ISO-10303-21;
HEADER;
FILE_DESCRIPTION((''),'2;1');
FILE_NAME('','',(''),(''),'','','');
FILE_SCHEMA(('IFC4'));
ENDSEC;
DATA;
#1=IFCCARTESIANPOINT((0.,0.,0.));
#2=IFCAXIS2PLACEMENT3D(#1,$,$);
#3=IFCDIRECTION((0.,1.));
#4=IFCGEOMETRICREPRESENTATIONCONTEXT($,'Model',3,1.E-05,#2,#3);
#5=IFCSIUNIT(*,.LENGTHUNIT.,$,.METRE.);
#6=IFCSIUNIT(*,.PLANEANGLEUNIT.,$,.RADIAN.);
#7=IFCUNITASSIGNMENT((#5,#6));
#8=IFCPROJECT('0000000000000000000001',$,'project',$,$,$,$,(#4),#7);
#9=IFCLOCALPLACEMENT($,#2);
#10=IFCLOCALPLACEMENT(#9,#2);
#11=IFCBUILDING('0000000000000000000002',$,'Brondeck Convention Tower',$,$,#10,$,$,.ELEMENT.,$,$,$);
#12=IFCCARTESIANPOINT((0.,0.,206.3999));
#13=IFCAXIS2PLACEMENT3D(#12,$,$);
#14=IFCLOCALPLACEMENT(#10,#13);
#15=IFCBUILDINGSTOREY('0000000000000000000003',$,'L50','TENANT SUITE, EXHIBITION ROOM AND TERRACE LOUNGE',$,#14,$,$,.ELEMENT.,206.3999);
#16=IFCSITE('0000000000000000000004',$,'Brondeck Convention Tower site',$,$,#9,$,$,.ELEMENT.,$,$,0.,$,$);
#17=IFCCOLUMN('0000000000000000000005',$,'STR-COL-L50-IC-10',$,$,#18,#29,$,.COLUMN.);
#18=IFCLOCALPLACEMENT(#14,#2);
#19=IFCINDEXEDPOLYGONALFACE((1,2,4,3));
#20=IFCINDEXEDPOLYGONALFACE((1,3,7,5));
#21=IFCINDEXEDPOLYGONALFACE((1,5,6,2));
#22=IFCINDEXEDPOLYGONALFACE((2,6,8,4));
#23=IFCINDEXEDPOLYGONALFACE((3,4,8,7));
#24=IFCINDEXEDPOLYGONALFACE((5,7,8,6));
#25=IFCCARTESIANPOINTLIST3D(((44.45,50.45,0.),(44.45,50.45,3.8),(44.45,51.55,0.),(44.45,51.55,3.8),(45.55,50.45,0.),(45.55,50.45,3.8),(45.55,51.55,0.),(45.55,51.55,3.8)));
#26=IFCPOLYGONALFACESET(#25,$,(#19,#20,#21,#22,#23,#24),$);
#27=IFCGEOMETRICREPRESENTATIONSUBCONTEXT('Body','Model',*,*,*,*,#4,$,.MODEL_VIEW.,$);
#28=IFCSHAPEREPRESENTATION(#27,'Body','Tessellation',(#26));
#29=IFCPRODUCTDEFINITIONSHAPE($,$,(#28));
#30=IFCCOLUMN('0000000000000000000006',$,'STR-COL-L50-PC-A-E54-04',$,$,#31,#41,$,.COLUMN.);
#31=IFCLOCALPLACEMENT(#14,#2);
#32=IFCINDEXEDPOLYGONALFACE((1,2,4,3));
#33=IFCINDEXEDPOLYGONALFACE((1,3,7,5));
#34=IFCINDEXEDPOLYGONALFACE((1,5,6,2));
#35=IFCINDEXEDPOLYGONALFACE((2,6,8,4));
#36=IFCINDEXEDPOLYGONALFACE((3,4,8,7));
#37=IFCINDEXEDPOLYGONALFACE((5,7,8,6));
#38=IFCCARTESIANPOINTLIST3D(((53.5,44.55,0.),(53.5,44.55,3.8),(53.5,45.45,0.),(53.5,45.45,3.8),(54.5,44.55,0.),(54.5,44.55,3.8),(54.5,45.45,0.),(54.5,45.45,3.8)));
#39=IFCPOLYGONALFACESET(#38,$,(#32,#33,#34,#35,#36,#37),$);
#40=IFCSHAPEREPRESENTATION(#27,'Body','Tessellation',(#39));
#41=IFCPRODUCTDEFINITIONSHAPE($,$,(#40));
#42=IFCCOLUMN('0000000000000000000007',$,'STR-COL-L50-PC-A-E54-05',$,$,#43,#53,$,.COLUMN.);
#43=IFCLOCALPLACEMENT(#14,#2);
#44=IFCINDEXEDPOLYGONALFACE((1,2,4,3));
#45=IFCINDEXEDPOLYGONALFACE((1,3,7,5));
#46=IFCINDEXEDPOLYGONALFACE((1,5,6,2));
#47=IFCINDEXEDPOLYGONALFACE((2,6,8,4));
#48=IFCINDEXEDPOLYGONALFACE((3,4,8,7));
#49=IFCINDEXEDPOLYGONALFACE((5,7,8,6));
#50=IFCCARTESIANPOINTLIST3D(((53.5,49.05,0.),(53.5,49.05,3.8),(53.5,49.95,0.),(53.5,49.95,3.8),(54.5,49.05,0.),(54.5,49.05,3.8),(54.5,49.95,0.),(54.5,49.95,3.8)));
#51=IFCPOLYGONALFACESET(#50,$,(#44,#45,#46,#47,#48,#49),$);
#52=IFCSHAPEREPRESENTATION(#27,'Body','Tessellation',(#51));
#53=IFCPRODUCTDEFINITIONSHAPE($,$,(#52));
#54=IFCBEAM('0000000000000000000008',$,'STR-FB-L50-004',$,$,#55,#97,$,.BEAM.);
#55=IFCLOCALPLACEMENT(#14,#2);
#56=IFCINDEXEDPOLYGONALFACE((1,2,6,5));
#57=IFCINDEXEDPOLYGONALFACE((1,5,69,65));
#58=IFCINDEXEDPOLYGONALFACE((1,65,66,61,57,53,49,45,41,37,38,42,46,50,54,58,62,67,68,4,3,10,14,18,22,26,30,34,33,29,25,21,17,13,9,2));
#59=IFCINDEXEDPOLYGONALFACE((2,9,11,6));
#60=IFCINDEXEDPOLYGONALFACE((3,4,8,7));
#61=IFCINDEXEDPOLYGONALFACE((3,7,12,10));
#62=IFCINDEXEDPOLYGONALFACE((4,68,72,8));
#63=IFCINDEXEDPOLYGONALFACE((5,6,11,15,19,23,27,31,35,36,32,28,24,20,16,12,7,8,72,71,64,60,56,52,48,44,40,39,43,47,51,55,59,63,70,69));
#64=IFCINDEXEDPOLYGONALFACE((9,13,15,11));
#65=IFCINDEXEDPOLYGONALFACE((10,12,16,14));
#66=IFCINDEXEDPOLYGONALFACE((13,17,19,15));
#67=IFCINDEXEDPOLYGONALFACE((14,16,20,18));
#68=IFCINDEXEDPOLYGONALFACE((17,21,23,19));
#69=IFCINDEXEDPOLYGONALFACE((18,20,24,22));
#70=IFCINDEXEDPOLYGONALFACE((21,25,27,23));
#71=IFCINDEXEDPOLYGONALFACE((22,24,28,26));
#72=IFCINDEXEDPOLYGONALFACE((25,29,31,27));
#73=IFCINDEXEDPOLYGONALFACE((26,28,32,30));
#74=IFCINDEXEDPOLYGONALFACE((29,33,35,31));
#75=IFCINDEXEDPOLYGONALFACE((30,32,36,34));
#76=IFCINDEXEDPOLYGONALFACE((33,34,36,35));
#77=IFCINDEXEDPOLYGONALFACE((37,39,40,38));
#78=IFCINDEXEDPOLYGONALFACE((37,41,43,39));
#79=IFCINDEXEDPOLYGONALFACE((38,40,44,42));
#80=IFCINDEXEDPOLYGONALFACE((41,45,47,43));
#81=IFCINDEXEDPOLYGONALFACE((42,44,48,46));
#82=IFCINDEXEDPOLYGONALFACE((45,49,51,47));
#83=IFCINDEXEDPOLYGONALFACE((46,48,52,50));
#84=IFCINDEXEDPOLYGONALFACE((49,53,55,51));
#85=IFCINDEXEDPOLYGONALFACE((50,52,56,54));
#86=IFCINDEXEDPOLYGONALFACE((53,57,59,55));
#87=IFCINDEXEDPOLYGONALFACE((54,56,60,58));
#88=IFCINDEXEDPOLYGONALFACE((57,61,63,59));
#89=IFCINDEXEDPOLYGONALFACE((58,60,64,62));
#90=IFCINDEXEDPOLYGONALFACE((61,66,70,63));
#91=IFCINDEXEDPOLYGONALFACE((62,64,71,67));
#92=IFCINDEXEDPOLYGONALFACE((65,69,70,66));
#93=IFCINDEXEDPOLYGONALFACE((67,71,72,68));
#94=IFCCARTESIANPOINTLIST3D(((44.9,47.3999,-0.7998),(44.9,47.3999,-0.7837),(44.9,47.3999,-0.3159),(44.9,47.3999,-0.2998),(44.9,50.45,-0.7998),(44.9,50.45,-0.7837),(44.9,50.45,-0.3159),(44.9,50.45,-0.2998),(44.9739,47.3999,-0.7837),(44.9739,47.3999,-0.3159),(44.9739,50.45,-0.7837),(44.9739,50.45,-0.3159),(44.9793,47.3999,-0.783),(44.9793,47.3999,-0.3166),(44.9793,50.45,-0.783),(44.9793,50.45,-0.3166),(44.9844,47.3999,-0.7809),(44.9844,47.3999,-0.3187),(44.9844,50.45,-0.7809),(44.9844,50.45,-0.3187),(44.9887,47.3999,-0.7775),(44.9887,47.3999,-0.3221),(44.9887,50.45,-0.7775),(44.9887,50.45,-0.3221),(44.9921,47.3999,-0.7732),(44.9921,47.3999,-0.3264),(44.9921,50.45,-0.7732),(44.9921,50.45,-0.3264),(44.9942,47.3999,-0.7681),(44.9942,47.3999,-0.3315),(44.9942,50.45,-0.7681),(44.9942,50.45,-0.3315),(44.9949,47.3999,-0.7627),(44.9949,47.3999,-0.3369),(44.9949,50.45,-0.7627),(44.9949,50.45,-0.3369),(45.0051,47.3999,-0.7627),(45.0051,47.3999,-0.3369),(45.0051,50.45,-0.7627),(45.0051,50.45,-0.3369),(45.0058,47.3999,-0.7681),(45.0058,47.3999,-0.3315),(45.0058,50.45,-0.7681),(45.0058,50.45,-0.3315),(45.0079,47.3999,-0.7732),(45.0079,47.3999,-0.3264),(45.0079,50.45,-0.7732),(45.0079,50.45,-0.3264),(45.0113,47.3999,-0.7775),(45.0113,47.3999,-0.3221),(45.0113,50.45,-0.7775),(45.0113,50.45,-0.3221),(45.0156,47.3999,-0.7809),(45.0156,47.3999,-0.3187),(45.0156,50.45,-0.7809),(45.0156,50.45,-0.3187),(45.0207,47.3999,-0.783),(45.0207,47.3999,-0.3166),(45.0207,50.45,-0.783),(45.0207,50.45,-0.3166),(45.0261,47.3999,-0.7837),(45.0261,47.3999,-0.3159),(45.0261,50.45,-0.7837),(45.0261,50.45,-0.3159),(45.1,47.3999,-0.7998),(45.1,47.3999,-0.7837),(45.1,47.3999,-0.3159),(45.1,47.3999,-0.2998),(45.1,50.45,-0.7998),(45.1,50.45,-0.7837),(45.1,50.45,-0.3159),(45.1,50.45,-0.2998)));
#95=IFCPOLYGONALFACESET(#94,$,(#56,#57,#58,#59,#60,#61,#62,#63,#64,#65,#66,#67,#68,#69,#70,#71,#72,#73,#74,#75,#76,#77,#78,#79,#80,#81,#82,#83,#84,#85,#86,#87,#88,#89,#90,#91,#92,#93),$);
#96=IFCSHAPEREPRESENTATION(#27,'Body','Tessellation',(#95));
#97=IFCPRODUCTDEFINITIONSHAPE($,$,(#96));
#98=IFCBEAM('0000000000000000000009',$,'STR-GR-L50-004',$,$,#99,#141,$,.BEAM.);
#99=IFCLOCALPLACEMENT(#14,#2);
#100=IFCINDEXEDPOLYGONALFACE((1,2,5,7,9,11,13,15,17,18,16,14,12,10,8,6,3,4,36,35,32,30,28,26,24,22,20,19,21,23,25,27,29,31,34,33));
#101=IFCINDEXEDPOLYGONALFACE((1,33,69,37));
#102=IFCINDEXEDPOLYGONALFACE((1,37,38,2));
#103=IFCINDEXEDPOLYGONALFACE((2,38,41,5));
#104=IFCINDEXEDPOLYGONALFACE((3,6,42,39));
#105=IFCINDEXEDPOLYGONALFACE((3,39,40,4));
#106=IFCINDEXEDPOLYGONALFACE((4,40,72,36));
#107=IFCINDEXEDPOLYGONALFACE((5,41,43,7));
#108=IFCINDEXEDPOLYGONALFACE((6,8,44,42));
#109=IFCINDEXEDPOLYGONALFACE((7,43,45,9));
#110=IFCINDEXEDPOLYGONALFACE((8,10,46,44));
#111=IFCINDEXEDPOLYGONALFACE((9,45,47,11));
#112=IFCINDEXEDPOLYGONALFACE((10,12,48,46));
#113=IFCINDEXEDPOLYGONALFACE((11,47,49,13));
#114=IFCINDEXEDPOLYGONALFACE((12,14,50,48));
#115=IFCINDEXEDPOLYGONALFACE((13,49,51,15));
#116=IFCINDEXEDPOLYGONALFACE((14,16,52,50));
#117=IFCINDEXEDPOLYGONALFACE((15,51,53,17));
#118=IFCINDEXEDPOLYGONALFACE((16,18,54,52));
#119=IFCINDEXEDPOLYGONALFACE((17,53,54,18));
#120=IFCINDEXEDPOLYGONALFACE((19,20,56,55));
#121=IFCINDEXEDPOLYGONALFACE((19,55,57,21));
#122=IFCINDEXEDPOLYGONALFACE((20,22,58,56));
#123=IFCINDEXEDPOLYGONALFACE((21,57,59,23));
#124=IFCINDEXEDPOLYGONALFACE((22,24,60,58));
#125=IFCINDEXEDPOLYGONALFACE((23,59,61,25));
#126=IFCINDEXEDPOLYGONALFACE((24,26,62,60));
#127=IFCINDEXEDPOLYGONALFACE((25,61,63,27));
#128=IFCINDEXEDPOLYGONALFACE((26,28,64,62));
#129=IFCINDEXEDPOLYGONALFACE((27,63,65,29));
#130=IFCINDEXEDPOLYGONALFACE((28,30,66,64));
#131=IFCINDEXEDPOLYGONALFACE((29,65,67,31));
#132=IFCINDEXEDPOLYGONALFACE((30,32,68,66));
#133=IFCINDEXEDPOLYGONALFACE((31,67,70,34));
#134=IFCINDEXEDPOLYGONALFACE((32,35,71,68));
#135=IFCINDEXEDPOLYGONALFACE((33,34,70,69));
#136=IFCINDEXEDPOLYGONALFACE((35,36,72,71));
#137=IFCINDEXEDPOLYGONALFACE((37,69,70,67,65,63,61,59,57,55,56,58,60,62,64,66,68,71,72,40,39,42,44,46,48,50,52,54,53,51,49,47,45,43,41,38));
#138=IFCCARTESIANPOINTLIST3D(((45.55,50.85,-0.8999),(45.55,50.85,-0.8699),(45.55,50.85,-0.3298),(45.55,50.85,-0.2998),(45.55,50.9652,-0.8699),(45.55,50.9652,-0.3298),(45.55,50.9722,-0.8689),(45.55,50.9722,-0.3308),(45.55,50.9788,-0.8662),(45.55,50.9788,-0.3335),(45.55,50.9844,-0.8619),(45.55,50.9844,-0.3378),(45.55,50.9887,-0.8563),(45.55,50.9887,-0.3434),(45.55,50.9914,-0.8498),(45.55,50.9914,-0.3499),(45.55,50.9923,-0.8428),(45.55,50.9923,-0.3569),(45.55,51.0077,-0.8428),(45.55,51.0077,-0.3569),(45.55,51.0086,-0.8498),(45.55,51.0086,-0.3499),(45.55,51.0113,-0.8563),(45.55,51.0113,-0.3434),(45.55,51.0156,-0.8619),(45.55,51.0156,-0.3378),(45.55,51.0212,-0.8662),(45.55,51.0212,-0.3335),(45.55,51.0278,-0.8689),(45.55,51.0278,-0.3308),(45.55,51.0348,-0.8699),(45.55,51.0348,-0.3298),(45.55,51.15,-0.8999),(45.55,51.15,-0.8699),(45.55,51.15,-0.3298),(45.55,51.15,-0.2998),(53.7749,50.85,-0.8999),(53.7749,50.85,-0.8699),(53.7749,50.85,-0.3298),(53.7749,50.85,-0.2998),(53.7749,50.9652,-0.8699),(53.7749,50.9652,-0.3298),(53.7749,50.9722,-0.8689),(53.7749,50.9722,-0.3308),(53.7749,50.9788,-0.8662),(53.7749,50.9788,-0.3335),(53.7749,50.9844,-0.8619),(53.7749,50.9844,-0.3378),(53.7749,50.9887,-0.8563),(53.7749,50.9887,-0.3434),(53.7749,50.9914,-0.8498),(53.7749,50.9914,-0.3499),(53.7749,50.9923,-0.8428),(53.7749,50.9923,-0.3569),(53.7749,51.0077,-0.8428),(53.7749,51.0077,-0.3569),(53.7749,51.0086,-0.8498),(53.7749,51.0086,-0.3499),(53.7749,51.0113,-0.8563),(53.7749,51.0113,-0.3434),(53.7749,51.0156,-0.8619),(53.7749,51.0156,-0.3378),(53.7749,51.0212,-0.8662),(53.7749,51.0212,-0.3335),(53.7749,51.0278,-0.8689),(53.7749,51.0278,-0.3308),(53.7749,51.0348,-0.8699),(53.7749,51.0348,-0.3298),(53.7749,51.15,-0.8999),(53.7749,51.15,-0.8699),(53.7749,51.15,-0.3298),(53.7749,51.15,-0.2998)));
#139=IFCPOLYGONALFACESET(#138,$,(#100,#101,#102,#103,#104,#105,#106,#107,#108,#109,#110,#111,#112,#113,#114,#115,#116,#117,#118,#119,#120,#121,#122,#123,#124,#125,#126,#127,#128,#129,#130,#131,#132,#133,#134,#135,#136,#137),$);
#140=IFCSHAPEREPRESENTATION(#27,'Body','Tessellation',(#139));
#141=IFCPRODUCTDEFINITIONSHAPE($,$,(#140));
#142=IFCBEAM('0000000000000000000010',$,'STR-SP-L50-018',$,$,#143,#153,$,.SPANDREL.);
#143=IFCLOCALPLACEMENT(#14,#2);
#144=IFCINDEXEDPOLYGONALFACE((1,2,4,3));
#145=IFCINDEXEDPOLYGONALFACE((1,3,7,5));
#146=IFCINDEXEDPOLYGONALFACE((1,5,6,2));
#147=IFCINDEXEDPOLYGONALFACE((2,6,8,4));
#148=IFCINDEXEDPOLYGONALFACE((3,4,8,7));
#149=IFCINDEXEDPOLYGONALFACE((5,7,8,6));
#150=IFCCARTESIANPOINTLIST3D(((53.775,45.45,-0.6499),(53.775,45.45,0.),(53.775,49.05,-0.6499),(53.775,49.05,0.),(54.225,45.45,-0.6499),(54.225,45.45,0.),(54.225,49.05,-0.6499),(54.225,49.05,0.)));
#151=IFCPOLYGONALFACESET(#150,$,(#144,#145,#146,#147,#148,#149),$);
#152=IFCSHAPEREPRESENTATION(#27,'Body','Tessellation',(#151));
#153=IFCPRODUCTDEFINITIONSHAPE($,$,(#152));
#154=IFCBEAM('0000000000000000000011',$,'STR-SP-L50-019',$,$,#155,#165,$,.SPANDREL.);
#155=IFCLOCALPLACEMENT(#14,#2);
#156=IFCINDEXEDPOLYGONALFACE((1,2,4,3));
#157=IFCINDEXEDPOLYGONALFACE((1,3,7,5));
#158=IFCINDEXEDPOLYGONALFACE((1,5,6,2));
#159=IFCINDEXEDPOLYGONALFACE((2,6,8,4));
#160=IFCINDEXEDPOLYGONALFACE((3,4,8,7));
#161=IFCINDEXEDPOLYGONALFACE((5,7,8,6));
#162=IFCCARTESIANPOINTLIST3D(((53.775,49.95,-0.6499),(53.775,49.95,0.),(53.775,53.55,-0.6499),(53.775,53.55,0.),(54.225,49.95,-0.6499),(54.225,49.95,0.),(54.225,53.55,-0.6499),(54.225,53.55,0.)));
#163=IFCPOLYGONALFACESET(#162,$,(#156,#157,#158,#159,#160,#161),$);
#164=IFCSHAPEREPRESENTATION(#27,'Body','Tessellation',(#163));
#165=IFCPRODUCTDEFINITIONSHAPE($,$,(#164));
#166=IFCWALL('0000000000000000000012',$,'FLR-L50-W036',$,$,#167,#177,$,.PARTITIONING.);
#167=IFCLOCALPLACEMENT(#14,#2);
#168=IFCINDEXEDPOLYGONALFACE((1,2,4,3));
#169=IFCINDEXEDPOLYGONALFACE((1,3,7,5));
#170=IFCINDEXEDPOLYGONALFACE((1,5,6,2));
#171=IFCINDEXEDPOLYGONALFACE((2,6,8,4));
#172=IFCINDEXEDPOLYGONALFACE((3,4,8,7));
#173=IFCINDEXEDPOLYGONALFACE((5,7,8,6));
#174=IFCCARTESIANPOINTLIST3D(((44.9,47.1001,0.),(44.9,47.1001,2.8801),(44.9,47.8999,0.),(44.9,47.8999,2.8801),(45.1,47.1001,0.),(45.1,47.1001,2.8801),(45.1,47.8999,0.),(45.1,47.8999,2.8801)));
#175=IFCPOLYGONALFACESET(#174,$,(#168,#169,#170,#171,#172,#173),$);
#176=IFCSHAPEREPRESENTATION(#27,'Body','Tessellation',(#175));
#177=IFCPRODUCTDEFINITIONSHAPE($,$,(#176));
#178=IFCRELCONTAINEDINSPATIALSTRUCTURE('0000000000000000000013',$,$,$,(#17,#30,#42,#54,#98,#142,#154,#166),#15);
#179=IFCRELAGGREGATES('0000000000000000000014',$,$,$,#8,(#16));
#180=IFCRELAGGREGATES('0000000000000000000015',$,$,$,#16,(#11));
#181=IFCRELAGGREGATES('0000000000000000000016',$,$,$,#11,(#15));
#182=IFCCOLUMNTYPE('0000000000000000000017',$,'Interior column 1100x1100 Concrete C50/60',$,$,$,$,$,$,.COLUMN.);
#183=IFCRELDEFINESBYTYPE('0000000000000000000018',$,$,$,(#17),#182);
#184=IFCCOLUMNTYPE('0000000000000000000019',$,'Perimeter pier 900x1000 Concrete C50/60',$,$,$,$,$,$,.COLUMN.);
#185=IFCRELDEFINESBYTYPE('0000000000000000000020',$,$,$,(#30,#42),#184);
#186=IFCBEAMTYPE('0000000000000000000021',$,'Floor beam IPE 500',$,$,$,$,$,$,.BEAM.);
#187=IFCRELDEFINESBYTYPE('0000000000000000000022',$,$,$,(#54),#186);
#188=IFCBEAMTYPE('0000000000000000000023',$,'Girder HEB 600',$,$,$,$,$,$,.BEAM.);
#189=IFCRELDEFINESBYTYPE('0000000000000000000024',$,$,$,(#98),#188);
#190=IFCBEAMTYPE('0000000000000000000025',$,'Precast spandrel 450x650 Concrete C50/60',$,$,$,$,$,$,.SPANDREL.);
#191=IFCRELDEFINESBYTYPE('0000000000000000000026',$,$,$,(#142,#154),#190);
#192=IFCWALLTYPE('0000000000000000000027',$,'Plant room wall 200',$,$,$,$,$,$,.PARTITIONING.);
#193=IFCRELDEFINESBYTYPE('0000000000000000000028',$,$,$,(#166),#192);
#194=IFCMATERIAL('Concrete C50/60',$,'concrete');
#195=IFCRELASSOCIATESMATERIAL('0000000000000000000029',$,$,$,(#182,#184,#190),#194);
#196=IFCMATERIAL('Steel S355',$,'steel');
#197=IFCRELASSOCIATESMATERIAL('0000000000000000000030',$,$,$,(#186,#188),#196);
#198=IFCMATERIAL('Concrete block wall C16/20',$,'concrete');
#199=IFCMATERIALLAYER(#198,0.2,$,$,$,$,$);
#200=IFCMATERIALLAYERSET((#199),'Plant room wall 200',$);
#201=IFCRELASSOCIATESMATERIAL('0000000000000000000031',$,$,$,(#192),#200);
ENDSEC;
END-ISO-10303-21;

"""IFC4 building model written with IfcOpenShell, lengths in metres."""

from ifc_helpers import new_model, si_unit, direction, frame, frame_2d, origin, origin_2d, place, context, subcontext, project, spatial, rectangle, i_section, extrude, material, layer, layer_set, material_profile, profile_set, type_object, element, save


model = new_model("IFC4")

# Units and contexts
model_context = context("Model", 3, precision=1e-05, world=origin(), true_north=direction((0.0, 1.0)))
body_context = subcontext(model_context, "Body", "Model", "MODEL_VIEW")
ifc_project = project(units=[si_unit("LENGTHUNIT", "METRE"), si_unit("PLANEANGLEUNIT", "RADIAN")], contexts=[model_context])

# Site, building, storey
site_placement = place(None, origin())
site = spatial("IfcSite", under=ifc_project, at=site_placement, Name="Brondeck Convention Tower site", CompositionType="ELEMENT", RefElevation=0.0)
building_placement = place(site_placement, origin())
building = spatial("IfcBuilding", under=site, at=building_placement, Name="Brondeck Convention Tower", CompositionType="ELEMENT")
storey_placement = place(building_placement, frame((0.0, 0.0, 206.3999)))
storey = spatial("IfcBuildingStorey", under=building, at=storey_placement, Name="L50", Description="TENANT SUITE, EXHIBITION ROOM AND TERRACE LOUNGE", CompositionType="ELEMENT", Elevation=206.3999)

# Columns
ifc_material_1 = material(Name="Concrete C50/60", Category="concrete")
ifc_material_profile_1 = material_profile(ifc_material_1, rectangle(XDim=1.1001, YDim=1.1001, at=origin_2d()), Name="Interior column 1100x1100 Concrete C50/60")
ifc_profile_set_1 = profile_set([ifc_material_profile_1], Name="Concrete C50/60")
column_type_1 = type_object("IfcColumnType", Name="Interior column 1100x1100 Concrete C50/60", PredefinedType="COLUMN", material=ifc_profile_set_1)
column_placement = place(storey_placement, frame((45.0, 51.0, 0.0), z_axis=(0.0, 0.0, 1.0), x_axis=(1.0, 0.0, 0.0)))
element("IfcColumn", 1, at=column_placement, inside=storey, type_object=column_type_1, Name="STR-COL-L50-IC-10", PredefinedType="COLUMN", context=body_context, shape_type="SweptSolid", body=[
    extrude(rectangle(XDim=1.1001, YDim=1.1001, at=origin_2d()), origin(), (0.0, 0.0, 1.0), 3.8),
])
ifc_material_profile_2 = material_profile(ifc_material_1, rectangle(XDim=0.8999, YDim=1.0, at=origin_2d()), Name="Perimeter pier 900x1000 Concrete C50/60")
ifc_profile_set_2 = profile_set([ifc_material_profile_2], Name="Concrete C50/60")
column_type_2 = type_object("IfcColumnType", Name="Perimeter pier 900x1000 Concrete C50/60", PredefinedType="COLUMN", material=ifc_profile_set_2)
for number, where, z_axis, x_axis, name in (
    (2, (54.0, 45.0, 0.0), (0.0, 0.0, 1.0), (0.0, 1.0, 0.0), "STR-COL-L50-PC-A-E54-04"),
    (3, (54.0, 49.5, 0.0), (0.0, 0.0, 1.0), (0.0, 1.0, 0.0), "STR-COL-L50-PC-A-E54-05"),
):
    element("IfcColumn", number, at=place(storey_placement, frame(where, z_axis=z_axis, x_axis=x_axis)), inside=storey, type_object=column_type_2, Name=name, PredefinedType="COLUMN", context=body_context, shape_type="SweptSolid", body=[
        extrude(rectangle(XDim=0.8999, YDim=1.0, at=origin_2d()), origin(), (0.0, 0.0, 1.0), 3.8),
    ])

# Beams
ifc_material_2 = material(Name="Steel S355", Category="steel")
ifc_material_profile_3 = material_profile(ifc_material_2, i_section(OverallWidth=0.2, OverallDepth=0.5, WebThickness=0.0103, FlangeThickness=0.0161, FilletRadius=0.021, at=origin_2d()), Name="IPE 500")
ifc_profile_set_3 = profile_set([ifc_material_profile_3], Name="Steel S355")
beam_type_1 = type_object("IfcBeamType", Name="Floor beam IPE 500", PredefinedType="BEAM", material=ifc_profile_set_3)
beam_1_placement = place(storey_placement, frame((45.0, 47.3999, -0.5498), z_axis=(0.0, 1.0, 0.0), x_axis=(-1.0, 0.0, 0.0)))
element("IfcBeam", 4, at=beam_1_placement, inside=storey, type_object=beam_type_1, Name="STR-FB-L50-004", PredefinedType="BEAM", context=body_context, shape_type="SweptSolid", body=[
    extrude(i_section(OverallWidth=0.2, OverallDepth=0.5, WebThickness=0.0103, FlangeThickness=0.0161, FilletRadius=0.021, at=origin_2d()), origin(), (0.0, 0.0, 1.0), 3.05),
])
ifc_material_profile_4 = material_profile(ifc_material_2, i_section(OverallWidth=0.3, OverallDepth=0.6001, WebThickness=0.0154, FlangeThickness=0.03, FilletRadius=0.0271, at=origin_2d()), Name="HEB 600")
ifc_profile_set_4 = profile_set([ifc_material_profile_4], Name="Steel S355")
beam_type_2 = type_object("IfcBeamType", Name="Girder HEB 600", PredefinedType="BEAM", material=ifc_profile_set_4)
beam_2_placement = place(storey_placement, frame((45.55, 51.0, -0.5999), z_axis=(1.0, 0.0, 0.0), x_axis=(0.0, 1.0, 0.0)))
element("IfcBeam", 5, at=beam_2_placement, inside=storey, type_object=beam_type_2, Name="STR-GR-L50-004", PredefinedType="BEAM", context=body_context, shape_type="SweptSolid", body=[
    extrude(i_section(OverallWidth=0.3, OverallDepth=0.6001, WebThickness=0.0154, FlangeThickness=0.03, FilletRadius=0.0271, at=origin_2d()), origin(), (0.0, 0.0, 1.0), 8.2249),
])
ifc_material_profile_5 = material_profile(ifc_material_1, rectangle(XDim=0.45, YDim=0.6499, at=origin_2d()), Name="Precast spandrel 450x650 Concrete C50/60")
ifc_profile_set_5 = profile_set([ifc_material_profile_5], Name="Concrete C50/60")
beam_type_3 = type_object("IfcBeamType", Name="Precast spandrel 450x650 Concrete C50/60", PredefinedType="SPANDREL", material=ifc_profile_set_5)
for number, where, z_axis, x_axis, name in (
    (6, (54.0, 45.45, -0.325), (0.0, 1.0, 0.0), (-1.0, 0.0, 0.0), "STR-SP-L50-018"),
    (7, (54.0, 49.95, -0.325), (0.0, 1.0, 0.0), (-1.0, 0.0, 0.0), "STR-SP-L50-019"),
):
    element("IfcBeam", number, at=place(storey_placement, frame(where, z_axis=z_axis, x_axis=x_axis)), inside=storey, type_object=beam_type_3, Name=name, PredefinedType="SPANDREL", context=body_context, shape_type="SweptSolid", body=[
        extrude(rectangle(XDim=0.45, YDim=0.6499, at=origin_2d()), origin(), (0.0, 0.0, 1.0), 3.6001),
    ])

# Wall
ifc_material_3 = material(Name="Concrete block wall C16/20", Category="concrete")
ifc_layer_1 = layer(ifc_material_3, 0.2)
ifc_layer_set_1 = layer_set([ifc_layer_1], Name="Plant room wall 200")
wall_type_1 = type_object("IfcWallType", Name="Plant room wall 200", PredefinedType="PARTITIONING", material=ifc_layer_set_1)
wall_1_placement = place(storey_placement, frame((45.0, 47.8999, 0.0), z_axis=(0.0, 0.0, 1.0), x_axis=(0.0, -1.0, 0.0)))
element("IfcWall", 8, at=wall_1_placement, inside=storey, type_object=wall_type_1, Name="FLR-L50-W036", PredefinedType="PARTITIONING", context=body_context, shape_type="SweptSolid", body=[
    extrude(rectangle(XDim=0.7998, YDim=0.2, at=frame_2d((0.3999, 0.0))), origin(), (0.0, 0.0, 1.0), 2.8801),
])

save(model, "model.ifc")
